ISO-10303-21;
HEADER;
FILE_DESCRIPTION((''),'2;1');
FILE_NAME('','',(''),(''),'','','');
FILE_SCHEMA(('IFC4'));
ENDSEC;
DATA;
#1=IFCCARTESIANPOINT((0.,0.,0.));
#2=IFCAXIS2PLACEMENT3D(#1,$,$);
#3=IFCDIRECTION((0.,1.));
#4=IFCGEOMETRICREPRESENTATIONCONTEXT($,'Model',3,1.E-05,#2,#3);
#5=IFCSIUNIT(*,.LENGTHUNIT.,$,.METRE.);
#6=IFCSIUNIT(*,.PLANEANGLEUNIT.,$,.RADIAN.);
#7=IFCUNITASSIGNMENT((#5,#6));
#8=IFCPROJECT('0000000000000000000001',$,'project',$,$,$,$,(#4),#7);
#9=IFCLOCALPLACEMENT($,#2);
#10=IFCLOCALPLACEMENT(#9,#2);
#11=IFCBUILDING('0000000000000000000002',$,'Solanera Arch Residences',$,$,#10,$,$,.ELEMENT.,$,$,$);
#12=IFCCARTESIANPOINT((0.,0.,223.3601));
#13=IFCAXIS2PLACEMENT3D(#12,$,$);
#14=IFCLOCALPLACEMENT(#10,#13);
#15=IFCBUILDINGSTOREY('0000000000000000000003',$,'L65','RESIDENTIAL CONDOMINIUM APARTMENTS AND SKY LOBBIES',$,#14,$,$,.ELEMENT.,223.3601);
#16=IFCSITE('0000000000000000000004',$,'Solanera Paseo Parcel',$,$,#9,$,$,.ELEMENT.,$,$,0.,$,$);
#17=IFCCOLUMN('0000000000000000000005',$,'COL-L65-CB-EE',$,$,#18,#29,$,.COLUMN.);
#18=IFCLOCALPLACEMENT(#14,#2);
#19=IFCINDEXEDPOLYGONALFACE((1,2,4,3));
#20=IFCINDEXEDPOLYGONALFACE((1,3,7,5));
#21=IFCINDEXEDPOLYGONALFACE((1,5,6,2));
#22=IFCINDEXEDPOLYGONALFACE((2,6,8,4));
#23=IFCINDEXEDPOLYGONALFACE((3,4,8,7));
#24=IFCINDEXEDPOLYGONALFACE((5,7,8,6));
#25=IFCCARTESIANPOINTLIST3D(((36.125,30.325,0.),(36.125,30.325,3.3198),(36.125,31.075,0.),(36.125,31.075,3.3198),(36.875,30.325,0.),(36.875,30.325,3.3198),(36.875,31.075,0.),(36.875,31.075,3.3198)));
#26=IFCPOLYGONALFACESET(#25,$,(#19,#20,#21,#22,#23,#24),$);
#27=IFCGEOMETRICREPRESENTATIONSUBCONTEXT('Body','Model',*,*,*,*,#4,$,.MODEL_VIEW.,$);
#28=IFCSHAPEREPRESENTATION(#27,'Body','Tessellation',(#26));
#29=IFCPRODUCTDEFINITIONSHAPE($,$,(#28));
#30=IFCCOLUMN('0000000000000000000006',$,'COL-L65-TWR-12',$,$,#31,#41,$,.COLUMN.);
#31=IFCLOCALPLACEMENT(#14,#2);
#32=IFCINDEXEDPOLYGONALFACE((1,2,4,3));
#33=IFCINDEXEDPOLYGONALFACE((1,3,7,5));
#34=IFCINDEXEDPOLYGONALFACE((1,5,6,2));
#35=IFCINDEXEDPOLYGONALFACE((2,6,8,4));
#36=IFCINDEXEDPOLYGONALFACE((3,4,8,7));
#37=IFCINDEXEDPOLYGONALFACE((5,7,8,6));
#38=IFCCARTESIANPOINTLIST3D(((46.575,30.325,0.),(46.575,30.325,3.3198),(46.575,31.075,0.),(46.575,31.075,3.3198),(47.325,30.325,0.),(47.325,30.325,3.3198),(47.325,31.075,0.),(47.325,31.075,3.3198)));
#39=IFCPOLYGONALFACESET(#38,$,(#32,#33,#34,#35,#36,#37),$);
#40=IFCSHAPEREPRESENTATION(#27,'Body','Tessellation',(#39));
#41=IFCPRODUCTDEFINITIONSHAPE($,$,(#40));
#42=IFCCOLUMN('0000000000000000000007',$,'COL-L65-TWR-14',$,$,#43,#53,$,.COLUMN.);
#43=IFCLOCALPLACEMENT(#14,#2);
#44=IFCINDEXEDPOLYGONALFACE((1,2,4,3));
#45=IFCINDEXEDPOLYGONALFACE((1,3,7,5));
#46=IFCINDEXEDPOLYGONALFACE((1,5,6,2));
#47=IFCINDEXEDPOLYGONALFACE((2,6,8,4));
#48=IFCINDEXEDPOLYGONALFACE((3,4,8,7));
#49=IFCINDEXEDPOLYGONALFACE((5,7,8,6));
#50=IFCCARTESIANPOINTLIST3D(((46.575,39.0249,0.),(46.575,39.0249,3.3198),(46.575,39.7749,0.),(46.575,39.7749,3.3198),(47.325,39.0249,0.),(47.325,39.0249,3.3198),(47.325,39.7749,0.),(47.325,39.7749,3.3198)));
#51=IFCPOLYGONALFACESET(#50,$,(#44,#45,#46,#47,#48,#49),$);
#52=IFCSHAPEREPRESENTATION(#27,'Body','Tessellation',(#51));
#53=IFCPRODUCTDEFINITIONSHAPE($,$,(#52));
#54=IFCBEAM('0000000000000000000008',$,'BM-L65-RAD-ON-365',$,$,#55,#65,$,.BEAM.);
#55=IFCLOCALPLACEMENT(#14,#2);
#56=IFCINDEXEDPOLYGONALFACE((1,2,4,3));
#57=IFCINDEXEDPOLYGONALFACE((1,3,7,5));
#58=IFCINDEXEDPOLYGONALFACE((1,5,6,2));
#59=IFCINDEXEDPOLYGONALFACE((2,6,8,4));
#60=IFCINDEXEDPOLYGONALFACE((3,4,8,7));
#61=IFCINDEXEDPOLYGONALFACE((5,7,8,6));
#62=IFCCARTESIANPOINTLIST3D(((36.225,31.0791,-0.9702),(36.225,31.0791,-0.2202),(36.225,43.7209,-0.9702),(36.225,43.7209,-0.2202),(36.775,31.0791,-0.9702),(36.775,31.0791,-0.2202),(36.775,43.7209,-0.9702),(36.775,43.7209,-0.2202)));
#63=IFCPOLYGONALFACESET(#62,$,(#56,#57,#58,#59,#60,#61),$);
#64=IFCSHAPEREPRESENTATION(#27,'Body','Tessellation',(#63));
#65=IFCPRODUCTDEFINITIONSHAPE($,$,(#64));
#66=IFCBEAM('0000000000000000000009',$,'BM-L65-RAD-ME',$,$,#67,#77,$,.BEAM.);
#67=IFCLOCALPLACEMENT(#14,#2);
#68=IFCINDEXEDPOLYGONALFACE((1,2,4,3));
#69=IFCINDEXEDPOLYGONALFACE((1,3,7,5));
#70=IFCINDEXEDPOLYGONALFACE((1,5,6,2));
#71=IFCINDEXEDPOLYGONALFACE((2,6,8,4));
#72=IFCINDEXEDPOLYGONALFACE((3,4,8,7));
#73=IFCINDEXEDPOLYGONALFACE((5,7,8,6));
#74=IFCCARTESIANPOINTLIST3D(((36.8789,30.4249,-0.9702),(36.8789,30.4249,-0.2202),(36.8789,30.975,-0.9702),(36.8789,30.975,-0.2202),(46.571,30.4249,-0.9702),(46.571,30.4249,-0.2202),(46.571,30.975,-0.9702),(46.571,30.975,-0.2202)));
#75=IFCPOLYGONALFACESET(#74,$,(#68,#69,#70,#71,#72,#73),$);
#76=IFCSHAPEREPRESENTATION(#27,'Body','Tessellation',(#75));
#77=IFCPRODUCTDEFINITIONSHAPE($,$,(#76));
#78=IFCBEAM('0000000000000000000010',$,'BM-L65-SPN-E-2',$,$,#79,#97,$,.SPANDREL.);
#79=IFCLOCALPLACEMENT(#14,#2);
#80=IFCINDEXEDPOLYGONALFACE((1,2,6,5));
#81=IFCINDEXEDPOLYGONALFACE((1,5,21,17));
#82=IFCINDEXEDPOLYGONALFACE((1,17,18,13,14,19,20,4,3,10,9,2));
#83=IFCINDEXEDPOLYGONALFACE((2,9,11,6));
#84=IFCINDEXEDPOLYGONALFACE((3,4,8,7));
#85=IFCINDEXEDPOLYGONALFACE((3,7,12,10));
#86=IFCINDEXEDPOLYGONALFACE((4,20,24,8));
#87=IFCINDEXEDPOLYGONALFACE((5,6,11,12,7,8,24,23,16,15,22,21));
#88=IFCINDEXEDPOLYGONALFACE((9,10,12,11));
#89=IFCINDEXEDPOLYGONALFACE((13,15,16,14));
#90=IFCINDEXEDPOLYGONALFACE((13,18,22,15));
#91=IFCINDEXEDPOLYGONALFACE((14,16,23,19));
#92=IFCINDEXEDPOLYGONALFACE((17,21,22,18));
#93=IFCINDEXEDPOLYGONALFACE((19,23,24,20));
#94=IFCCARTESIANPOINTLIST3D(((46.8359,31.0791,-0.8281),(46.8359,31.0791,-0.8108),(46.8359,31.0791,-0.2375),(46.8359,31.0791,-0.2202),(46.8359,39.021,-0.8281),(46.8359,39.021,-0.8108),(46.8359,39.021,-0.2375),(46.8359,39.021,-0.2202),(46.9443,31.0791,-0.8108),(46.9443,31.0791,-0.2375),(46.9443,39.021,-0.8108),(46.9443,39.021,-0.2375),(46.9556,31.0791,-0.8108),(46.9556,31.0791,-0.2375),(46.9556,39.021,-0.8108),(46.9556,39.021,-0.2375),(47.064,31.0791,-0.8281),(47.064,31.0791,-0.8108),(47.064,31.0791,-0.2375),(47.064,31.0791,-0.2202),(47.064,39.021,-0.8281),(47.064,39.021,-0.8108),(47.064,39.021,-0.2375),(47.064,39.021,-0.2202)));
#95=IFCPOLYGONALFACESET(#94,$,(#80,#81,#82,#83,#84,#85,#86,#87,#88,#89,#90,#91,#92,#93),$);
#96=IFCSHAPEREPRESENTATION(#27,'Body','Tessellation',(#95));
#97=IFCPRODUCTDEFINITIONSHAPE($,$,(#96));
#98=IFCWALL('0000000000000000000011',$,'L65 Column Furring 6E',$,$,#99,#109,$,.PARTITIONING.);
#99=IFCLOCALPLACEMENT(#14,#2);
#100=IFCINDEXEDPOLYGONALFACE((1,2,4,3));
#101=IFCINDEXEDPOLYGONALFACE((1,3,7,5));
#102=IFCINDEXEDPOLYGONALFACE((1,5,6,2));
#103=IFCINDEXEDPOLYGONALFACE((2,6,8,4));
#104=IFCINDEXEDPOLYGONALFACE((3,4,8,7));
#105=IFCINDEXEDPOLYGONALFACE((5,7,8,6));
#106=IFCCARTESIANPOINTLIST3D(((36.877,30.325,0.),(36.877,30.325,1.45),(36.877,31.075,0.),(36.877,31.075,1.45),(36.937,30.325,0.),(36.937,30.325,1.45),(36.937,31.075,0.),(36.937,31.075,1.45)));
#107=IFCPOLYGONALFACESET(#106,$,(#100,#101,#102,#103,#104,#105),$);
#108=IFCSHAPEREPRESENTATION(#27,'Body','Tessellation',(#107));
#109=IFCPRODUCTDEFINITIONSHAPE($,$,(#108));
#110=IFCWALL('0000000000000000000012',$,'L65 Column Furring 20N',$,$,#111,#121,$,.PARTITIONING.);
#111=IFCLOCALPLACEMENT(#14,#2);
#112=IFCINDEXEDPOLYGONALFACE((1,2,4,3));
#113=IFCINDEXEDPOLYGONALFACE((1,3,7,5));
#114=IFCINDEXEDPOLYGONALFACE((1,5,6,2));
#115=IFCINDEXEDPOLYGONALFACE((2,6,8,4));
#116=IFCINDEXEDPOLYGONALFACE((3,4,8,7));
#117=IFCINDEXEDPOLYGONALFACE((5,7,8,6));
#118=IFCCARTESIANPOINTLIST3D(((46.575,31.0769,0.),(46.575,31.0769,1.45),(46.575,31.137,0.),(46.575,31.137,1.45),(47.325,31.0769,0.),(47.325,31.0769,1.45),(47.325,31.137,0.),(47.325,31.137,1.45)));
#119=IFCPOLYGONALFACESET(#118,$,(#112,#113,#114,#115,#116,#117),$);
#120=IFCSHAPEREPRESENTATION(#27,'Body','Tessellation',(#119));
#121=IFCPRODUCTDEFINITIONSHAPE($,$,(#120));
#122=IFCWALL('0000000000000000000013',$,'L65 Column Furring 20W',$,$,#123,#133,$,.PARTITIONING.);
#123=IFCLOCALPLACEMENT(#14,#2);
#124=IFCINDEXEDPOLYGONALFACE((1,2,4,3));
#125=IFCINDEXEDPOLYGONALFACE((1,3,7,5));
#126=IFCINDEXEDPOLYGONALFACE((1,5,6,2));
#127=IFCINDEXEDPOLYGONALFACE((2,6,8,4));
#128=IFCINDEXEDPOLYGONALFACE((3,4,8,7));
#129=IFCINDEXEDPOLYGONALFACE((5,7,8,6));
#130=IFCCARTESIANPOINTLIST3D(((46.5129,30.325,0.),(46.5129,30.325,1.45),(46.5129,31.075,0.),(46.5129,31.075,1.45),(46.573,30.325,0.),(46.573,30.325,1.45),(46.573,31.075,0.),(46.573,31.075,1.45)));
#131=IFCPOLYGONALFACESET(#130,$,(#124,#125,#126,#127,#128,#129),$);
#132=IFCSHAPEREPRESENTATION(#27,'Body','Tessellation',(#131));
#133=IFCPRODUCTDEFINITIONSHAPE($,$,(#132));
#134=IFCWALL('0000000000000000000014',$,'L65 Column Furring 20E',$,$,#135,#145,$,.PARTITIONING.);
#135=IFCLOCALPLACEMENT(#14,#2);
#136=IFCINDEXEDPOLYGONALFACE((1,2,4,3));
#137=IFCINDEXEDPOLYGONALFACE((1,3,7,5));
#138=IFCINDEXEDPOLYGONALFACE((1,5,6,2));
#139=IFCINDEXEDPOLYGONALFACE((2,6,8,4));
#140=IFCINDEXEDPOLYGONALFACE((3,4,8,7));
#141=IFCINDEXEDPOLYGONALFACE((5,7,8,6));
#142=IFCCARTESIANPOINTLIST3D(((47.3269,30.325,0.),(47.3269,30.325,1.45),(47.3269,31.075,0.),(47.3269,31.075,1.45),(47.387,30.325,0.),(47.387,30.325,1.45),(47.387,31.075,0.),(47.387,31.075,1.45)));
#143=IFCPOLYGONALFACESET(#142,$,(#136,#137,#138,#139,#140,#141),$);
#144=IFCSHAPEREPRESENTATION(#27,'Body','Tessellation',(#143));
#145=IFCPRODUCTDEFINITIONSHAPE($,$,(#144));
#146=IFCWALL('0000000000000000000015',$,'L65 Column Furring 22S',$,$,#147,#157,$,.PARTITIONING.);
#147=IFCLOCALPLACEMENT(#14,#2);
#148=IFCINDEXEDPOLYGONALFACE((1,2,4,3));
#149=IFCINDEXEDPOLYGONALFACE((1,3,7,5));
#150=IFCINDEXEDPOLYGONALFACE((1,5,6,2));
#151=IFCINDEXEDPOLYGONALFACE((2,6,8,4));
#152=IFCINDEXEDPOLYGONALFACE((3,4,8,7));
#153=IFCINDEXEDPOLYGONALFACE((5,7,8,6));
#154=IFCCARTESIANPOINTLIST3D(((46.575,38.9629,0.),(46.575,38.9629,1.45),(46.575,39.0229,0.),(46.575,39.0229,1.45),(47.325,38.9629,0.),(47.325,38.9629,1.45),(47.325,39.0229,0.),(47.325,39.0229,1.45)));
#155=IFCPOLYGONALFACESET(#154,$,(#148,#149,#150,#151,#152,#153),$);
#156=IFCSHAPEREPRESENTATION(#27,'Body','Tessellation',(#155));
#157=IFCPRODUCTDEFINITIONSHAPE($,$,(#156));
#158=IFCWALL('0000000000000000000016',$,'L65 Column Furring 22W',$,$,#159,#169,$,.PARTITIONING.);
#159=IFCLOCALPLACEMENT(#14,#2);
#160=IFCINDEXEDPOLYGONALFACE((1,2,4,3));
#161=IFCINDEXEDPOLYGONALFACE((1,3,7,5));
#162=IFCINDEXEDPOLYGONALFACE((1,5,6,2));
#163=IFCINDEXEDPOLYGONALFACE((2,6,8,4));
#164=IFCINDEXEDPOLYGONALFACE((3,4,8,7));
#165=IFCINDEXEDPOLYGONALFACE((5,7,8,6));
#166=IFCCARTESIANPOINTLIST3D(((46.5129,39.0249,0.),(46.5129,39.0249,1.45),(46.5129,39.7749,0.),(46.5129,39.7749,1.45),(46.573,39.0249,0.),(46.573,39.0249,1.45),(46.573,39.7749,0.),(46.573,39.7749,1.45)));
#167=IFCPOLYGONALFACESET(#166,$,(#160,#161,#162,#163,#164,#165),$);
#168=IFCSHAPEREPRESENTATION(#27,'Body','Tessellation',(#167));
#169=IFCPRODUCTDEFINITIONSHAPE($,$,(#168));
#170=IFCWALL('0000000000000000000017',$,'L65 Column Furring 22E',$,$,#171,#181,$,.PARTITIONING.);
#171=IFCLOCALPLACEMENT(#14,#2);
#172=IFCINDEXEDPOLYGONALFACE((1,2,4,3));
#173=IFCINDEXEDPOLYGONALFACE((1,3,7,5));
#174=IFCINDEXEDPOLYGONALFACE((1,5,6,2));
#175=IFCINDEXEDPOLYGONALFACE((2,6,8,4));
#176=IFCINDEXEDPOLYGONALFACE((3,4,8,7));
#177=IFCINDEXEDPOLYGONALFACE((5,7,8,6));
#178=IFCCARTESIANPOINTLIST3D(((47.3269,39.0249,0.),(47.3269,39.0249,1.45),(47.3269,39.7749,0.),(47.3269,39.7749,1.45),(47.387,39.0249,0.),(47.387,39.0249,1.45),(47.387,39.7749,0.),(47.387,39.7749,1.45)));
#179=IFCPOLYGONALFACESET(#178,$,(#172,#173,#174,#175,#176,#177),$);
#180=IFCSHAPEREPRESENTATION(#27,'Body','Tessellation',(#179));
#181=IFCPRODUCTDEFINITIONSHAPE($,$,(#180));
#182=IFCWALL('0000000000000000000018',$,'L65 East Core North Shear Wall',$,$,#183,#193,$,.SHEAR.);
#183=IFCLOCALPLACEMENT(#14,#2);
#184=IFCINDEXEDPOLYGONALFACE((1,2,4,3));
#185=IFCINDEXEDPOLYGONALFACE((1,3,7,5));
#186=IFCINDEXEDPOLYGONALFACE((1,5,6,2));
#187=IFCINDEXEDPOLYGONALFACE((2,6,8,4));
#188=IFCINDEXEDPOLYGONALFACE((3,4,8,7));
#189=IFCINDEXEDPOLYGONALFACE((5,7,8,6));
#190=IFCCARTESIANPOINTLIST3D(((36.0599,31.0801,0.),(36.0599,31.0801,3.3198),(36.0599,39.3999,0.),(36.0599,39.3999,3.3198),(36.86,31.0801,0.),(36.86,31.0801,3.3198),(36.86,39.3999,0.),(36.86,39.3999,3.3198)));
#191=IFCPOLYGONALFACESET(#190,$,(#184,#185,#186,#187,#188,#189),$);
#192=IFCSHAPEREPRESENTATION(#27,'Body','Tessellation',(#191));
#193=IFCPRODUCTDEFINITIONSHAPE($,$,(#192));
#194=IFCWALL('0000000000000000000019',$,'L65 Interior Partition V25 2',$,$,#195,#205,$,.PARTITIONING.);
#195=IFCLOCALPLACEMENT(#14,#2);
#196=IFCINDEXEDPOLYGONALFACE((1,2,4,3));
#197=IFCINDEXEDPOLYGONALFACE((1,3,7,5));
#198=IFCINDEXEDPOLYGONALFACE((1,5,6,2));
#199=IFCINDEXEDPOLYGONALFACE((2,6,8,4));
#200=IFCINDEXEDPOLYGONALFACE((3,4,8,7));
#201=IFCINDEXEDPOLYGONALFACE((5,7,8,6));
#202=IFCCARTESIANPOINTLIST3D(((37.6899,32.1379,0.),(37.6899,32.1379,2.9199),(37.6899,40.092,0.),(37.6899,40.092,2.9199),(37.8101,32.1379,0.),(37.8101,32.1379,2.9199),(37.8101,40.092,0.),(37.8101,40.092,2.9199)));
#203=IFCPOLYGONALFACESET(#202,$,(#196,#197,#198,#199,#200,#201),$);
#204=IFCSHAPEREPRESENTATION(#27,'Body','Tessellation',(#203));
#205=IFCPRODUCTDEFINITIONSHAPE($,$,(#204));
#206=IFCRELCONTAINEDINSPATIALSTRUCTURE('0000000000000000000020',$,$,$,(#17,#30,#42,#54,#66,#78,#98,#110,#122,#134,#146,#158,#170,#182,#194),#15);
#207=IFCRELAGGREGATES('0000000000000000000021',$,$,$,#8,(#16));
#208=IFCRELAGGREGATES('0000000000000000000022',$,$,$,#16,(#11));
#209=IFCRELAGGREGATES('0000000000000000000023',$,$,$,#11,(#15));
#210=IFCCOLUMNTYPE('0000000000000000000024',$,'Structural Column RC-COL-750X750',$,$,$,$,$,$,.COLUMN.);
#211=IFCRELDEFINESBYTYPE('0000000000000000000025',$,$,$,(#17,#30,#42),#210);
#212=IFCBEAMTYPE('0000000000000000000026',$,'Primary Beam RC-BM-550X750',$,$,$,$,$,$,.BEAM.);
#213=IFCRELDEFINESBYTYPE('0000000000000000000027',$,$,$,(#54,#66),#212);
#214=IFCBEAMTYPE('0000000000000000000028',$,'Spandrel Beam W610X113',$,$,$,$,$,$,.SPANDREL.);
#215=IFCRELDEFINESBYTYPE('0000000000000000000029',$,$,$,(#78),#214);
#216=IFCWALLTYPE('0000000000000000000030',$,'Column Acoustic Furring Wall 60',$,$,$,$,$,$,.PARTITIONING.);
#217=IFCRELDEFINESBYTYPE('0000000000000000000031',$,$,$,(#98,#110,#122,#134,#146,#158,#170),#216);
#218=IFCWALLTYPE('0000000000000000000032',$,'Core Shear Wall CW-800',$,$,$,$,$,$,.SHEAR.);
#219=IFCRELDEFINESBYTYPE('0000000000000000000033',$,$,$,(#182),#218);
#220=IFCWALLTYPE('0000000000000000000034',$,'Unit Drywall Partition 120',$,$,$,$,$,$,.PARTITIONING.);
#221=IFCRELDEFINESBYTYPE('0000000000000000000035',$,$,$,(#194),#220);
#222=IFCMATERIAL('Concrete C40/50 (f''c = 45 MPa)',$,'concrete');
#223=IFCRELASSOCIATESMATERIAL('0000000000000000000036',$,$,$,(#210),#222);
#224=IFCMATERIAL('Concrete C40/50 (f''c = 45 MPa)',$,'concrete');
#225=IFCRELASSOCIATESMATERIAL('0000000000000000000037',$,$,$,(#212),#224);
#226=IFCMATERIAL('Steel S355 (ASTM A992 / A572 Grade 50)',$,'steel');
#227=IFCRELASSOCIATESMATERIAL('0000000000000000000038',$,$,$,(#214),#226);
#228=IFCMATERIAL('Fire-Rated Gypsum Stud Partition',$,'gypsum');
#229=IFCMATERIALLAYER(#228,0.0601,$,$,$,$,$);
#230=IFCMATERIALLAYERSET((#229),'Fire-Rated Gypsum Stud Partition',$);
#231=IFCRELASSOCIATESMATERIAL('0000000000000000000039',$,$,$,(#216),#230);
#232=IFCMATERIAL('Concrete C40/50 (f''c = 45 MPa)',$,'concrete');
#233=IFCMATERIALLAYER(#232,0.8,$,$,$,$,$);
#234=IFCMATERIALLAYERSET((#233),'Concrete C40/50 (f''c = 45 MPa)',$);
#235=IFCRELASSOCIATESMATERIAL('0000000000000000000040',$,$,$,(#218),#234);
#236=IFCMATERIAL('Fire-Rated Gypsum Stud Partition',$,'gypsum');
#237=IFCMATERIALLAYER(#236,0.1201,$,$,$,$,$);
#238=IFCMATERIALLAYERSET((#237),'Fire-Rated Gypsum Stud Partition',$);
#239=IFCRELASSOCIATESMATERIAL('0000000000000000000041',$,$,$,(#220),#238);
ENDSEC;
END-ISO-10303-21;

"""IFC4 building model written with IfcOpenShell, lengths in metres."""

from ifc_helpers import new_model, si_unit, direction, frame, frame_2d, origin, origin_2d, place, context, subcontext, project, spatial, rectangle, i_section, extrude, material, layer, layer_set, material_profile, profile_set, type_object, element, save


model = new_model("IFC4")

# Units and contexts
model_context = context("Model", 3, precision=1e-05, world=origin(), true_north=direction((0.0, 1.0)))
body_context = subcontext(model_context, "Body", "Model", "MODEL_VIEW")
ifc_project = project(units=[si_unit("LENGTHUNIT", "METRE"), si_unit("PLANEANGLEUNIT", "RADIAN")], contexts=[model_context])

# Site, building, storey
site_placement = place(None, origin())
site = spatial("IfcSite", under=ifc_project, at=site_placement, Name="Solanera Paseo Parcel", CompositionType="ELEMENT", RefElevation=0.0)
building_placement = place(site_placement, origin())
building = spatial("IfcBuilding", under=site, at=building_placement, Name="Solanera Arch Residences", CompositionType="ELEMENT")
storey_placement = place(building_placement, frame((0.0, 0.0, 223.3601)))
storey = spatial("IfcBuildingStorey", under=building, at=storey_placement, Name="L65", Description="RESIDENTIAL CONDOMINIUM APARTMENTS AND SKY LOBBIES", CompositionType="ELEMENT", Elevation=223.3601)

# Columns
ifc_material_1 = material(Name="Concrete C40/50 (f'c = 45 MPa)", Category="concrete")
ifc_material_profile_1 = material_profile(ifc_material_1, rectangle(XDim=0.75, YDim=0.75, at=origin_2d()))
ifc_profile_set_1 = profile_set([ifc_material_profile_1], Name="Concrete C40/50 (f'c = 45 MPa)")
column_type = type_object("IfcColumnType", Name="Structural Column RC-COL-750X750", PredefinedType="COLUMN", material=ifc_profile_set_1)
for number, where, z_axis, x_axis, name in (
    (1, (36.5, 30.7, 0.0), (0.0, 0.0, 1.0), (1.0, 0.0, 0.0), "COL-L65-CB-EE"),
    (2, (46.95, 30.7, 0.0), (0.0, 0.0, 1.0), (1.0, 0.0, 0.0), "COL-L65-TWR-12"),
    (3, (46.95, 39.3999, 0.0), (0.0, 0.0, 1.0), (1.0, 0.0, 0.0), "COL-L65-TWR-14"),
):
    element("IfcColumn", number, at=place(storey_placement, frame(where, z_axis=z_axis, x_axis=x_axis)), inside=storey, type_object=column_type, Name=name, PredefinedType="COLUMN", context=body_context, shape_type="SweptSolid", body=[
        extrude(rectangle(XDim=0.75, YDim=0.75, at=origin_2d()), origin(), (0.0, 0.0, 1.0), 3.3198),
    ])

# Beams
ifc_material_2 = material(Name="Concrete C40/50 (f'c = 45 MPa)", Category="concrete")
ifc_material_profile_2 = material_profile(ifc_material_2, rectangle(XDim=0.55, YDim=0.75, at=origin_2d()))
ifc_profile_set_2 = profile_set([ifc_material_profile_2], Name="Concrete C40/50 (f'c = 45 MPa)")
beam_type_1 = type_object("IfcBeamType", Name="Primary Beam RC-BM-550X750", PredefinedType="BEAM", material=ifc_profile_set_2)
beam_1_placement = place(storey_placement, frame((36.5, 31.0791, -0.5952), z_axis=(0.0, 1.0, 0.0), x_axis=(-1.0, 0.0, 0.0)))
element("IfcBeam", 4, at=beam_1_placement, inside=storey, type_object=beam_type_1, Name="BM-L65-RAD-ON-365", PredefinedType="BEAM", context=body_context, shape_type="SweptSolid", body=[
    extrude(rectangle(XDim=0.55, YDim=0.75, at=origin_2d()), origin(), (0.0, 0.0, 1.0), 12.6418),
])
beam_2_placement = place(storey_placement, frame((36.8789, 30.7, -0.5952), z_axis=(1.0, 0.0, 0.0), x_axis=(0.0, 1.0, 0.0)))
element("IfcBeam", 5, at=beam_2_placement, inside=storey, type_object=beam_type_1, Name="BM-L65-RAD-ME", PredefinedType="BEAM", context=body_context, shape_type="SweptSolid", body=[
    extrude(rectangle(XDim=0.55, YDim=0.75, at=origin_2d()), origin(), (0.0, 0.0, 1.0), 9.6921),
])
ifc_material_3 = material(Name="Steel S355 (ASTM A992 / A572 Grade 50)", Category="steel")
ifc_material_profile_3 = material_profile(ifc_material_3, i_section(OverallWidth=0.228, OverallDepth=0.6079, WebThickness=0.0112, FlangeThickness=0.0173, at=origin_2d()))
ifc_profile_set_3 = profile_set([ifc_material_profile_3], Name="Steel S355 (ASTM A992 / A572 Grade 50)")
beam_type_2 = type_object("IfcBeamType", Name="Spandrel Beam W610X113", PredefinedType="SPANDREL", material=ifc_profile_set_3)
beam_3_placement = place(storey_placement, frame((46.95, 31.0791, -0.5242), z_axis=(0.0, 1.0, 0.0), x_axis=(-1.0, 0.0, 0.0)))
element("IfcBeam", 6, at=beam_3_placement, inside=storey, type_object=beam_type_2, Name="BM-L65-SPN-E-2", PredefinedType="SPANDREL", context=body_context, shape_type="SweptSolid", body=[
    extrude(i_section(OverallWidth=0.228, OverallDepth=0.6079, WebThickness=0.0112, FlangeThickness=0.0173, at=origin_2d()), origin(), (0.0, 0.0, 1.0), 7.9419),
])

# Walls
ifc_material_4 = material(Name="Fire-Rated Gypsum Stud Partition", Category="gypsum")
ifc_layer_1 = layer(ifc_material_4, 0.0601)
ifc_layer_set_1 = layer_set([ifc_layer_1], Name="Fire-Rated Gypsum Stud Partition")
wall_type_1 = type_object("IfcWallType", Name="Column Acoustic Furring Wall 60", PredefinedType="PARTITIONING", material=ifc_layer_set_1)
for number, where, z_axis, x_axis, name in (
    (7, (36.907, 30.325, 0.0), (0.0, 0.0, 1.0), (0.0, 1.0, 0.0), "L65 Column Furring 6E"),
    (8, (46.575, 31.1069, 0.0), (0.0, 0.0, 1.0), (1.0, 0.0, 0.0), "L65 Column Furring 20N"),
    (9, (46.543, 30.325, 0.0), (0.0, 0.0, 1.0), (0.0, 1.0, 0.0), "L65 Column Furring 20W"),
    (10, (47.3569, 30.325, 0.0), (0.0, 0.0, 1.0), (0.0, 1.0, 0.0), "L65 Column Furring 20E"),
    (11, (46.575, 38.9929, 0.0), (0.0, 0.0, 1.0), (1.0, 0.0, 0.0), "L65 Column Furring 22S"),
    (12, (46.543, 39.0249, 0.0), (0.0, 0.0, 1.0), (0.0, 1.0, 0.0), "L65 Column Furring 22W"),
    (13, (47.3569, 39.0249, 0.0), (0.0, 0.0, 1.0), (0.0, 1.0, 0.0), "L65 Column Furring 22E"),
):
    element("IfcWall", number, at=place(storey_placement, frame(where, z_axis=z_axis, x_axis=x_axis)), inside=storey, type_object=wall_type_1, Name=name, PredefinedType="PARTITIONING", context=body_context, shape_type="SweptSolid", body=[
        extrude(rectangle(XDim=0.75, YDim=0.0601, at=frame_2d((0.375, 0.0))), origin(), (0.0, 0.0, 1.0), 1.45),
    ])
ifc_material_5 = material(Name="Concrete C40/50 (f'c = 45 MPa)", Category="concrete")
ifc_layer_2 = layer(ifc_material_5, 0.8)
ifc_layer_set_2 = layer_set([ifc_layer_2], Name="Concrete C40/50 (f'c = 45 MPa)")
wall_type_2 = type_object("IfcWallType", Name="Core Shear Wall CW-800", PredefinedType="SHEAR", material=ifc_layer_set_2)
wall_1_placement = place(storey_placement, frame((36.46, 31.0801, 0.0), z_axis=(0.0, 0.0, 1.0), x_axis=(0.0, 1.0, 0.0)))
element("IfcWall", 14, at=wall_1_placement, inside=storey, type_object=wall_type_2, Name="L65 East Core North Shear Wall", PredefinedType="SHEAR", context=body_context, shape_type="SweptSolid", body=[
    extrude(rectangle(XDim=8.3198, YDim=0.8, at=frame_2d((4.1599, 0.0))), origin(), (0.0, 0.0, 1.0), 3.3198),
])
ifc_material_6 = material(Name="Fire-Rated Gypsum Stud Partition", Category="gypsum")
ifc_layer_3 = layer(ifc_material_6, 0.1201)
ifc_layer_set_3 = layer_set([ifc_layer_3], Name="Fire-Rated Gypsum Stud Partition")
wall_type_3 = type_object("IfcWallType", Name="Unit Drywall Partition 120", PredefinedType="PARTITIONING", material=ifc_layer_set_3)
wall_2_placement = place(storey_placement, frame((37.75, 32.1379, 0.0), z_axis=(0.0, 0.0, 1.0), x_axis=(0.0, 1.0, 0.0)))
element("IfcWall", 15, at=wall_2_placement, inside=storey, type_object=wall_type_3, Name="L65 Interior Partition V25 2", PredefinedType="PARTITIONING", context=body_context, shape_type="SweptSolid", body=[
    extrude(rectangle(XDim=7.9541, YDim=0.1201, at=frame_2d((3.9771, 0.0))), origin(), (0.0, 0.0, 1.0), 2.9199),
])

save(model, "model.ifc")
